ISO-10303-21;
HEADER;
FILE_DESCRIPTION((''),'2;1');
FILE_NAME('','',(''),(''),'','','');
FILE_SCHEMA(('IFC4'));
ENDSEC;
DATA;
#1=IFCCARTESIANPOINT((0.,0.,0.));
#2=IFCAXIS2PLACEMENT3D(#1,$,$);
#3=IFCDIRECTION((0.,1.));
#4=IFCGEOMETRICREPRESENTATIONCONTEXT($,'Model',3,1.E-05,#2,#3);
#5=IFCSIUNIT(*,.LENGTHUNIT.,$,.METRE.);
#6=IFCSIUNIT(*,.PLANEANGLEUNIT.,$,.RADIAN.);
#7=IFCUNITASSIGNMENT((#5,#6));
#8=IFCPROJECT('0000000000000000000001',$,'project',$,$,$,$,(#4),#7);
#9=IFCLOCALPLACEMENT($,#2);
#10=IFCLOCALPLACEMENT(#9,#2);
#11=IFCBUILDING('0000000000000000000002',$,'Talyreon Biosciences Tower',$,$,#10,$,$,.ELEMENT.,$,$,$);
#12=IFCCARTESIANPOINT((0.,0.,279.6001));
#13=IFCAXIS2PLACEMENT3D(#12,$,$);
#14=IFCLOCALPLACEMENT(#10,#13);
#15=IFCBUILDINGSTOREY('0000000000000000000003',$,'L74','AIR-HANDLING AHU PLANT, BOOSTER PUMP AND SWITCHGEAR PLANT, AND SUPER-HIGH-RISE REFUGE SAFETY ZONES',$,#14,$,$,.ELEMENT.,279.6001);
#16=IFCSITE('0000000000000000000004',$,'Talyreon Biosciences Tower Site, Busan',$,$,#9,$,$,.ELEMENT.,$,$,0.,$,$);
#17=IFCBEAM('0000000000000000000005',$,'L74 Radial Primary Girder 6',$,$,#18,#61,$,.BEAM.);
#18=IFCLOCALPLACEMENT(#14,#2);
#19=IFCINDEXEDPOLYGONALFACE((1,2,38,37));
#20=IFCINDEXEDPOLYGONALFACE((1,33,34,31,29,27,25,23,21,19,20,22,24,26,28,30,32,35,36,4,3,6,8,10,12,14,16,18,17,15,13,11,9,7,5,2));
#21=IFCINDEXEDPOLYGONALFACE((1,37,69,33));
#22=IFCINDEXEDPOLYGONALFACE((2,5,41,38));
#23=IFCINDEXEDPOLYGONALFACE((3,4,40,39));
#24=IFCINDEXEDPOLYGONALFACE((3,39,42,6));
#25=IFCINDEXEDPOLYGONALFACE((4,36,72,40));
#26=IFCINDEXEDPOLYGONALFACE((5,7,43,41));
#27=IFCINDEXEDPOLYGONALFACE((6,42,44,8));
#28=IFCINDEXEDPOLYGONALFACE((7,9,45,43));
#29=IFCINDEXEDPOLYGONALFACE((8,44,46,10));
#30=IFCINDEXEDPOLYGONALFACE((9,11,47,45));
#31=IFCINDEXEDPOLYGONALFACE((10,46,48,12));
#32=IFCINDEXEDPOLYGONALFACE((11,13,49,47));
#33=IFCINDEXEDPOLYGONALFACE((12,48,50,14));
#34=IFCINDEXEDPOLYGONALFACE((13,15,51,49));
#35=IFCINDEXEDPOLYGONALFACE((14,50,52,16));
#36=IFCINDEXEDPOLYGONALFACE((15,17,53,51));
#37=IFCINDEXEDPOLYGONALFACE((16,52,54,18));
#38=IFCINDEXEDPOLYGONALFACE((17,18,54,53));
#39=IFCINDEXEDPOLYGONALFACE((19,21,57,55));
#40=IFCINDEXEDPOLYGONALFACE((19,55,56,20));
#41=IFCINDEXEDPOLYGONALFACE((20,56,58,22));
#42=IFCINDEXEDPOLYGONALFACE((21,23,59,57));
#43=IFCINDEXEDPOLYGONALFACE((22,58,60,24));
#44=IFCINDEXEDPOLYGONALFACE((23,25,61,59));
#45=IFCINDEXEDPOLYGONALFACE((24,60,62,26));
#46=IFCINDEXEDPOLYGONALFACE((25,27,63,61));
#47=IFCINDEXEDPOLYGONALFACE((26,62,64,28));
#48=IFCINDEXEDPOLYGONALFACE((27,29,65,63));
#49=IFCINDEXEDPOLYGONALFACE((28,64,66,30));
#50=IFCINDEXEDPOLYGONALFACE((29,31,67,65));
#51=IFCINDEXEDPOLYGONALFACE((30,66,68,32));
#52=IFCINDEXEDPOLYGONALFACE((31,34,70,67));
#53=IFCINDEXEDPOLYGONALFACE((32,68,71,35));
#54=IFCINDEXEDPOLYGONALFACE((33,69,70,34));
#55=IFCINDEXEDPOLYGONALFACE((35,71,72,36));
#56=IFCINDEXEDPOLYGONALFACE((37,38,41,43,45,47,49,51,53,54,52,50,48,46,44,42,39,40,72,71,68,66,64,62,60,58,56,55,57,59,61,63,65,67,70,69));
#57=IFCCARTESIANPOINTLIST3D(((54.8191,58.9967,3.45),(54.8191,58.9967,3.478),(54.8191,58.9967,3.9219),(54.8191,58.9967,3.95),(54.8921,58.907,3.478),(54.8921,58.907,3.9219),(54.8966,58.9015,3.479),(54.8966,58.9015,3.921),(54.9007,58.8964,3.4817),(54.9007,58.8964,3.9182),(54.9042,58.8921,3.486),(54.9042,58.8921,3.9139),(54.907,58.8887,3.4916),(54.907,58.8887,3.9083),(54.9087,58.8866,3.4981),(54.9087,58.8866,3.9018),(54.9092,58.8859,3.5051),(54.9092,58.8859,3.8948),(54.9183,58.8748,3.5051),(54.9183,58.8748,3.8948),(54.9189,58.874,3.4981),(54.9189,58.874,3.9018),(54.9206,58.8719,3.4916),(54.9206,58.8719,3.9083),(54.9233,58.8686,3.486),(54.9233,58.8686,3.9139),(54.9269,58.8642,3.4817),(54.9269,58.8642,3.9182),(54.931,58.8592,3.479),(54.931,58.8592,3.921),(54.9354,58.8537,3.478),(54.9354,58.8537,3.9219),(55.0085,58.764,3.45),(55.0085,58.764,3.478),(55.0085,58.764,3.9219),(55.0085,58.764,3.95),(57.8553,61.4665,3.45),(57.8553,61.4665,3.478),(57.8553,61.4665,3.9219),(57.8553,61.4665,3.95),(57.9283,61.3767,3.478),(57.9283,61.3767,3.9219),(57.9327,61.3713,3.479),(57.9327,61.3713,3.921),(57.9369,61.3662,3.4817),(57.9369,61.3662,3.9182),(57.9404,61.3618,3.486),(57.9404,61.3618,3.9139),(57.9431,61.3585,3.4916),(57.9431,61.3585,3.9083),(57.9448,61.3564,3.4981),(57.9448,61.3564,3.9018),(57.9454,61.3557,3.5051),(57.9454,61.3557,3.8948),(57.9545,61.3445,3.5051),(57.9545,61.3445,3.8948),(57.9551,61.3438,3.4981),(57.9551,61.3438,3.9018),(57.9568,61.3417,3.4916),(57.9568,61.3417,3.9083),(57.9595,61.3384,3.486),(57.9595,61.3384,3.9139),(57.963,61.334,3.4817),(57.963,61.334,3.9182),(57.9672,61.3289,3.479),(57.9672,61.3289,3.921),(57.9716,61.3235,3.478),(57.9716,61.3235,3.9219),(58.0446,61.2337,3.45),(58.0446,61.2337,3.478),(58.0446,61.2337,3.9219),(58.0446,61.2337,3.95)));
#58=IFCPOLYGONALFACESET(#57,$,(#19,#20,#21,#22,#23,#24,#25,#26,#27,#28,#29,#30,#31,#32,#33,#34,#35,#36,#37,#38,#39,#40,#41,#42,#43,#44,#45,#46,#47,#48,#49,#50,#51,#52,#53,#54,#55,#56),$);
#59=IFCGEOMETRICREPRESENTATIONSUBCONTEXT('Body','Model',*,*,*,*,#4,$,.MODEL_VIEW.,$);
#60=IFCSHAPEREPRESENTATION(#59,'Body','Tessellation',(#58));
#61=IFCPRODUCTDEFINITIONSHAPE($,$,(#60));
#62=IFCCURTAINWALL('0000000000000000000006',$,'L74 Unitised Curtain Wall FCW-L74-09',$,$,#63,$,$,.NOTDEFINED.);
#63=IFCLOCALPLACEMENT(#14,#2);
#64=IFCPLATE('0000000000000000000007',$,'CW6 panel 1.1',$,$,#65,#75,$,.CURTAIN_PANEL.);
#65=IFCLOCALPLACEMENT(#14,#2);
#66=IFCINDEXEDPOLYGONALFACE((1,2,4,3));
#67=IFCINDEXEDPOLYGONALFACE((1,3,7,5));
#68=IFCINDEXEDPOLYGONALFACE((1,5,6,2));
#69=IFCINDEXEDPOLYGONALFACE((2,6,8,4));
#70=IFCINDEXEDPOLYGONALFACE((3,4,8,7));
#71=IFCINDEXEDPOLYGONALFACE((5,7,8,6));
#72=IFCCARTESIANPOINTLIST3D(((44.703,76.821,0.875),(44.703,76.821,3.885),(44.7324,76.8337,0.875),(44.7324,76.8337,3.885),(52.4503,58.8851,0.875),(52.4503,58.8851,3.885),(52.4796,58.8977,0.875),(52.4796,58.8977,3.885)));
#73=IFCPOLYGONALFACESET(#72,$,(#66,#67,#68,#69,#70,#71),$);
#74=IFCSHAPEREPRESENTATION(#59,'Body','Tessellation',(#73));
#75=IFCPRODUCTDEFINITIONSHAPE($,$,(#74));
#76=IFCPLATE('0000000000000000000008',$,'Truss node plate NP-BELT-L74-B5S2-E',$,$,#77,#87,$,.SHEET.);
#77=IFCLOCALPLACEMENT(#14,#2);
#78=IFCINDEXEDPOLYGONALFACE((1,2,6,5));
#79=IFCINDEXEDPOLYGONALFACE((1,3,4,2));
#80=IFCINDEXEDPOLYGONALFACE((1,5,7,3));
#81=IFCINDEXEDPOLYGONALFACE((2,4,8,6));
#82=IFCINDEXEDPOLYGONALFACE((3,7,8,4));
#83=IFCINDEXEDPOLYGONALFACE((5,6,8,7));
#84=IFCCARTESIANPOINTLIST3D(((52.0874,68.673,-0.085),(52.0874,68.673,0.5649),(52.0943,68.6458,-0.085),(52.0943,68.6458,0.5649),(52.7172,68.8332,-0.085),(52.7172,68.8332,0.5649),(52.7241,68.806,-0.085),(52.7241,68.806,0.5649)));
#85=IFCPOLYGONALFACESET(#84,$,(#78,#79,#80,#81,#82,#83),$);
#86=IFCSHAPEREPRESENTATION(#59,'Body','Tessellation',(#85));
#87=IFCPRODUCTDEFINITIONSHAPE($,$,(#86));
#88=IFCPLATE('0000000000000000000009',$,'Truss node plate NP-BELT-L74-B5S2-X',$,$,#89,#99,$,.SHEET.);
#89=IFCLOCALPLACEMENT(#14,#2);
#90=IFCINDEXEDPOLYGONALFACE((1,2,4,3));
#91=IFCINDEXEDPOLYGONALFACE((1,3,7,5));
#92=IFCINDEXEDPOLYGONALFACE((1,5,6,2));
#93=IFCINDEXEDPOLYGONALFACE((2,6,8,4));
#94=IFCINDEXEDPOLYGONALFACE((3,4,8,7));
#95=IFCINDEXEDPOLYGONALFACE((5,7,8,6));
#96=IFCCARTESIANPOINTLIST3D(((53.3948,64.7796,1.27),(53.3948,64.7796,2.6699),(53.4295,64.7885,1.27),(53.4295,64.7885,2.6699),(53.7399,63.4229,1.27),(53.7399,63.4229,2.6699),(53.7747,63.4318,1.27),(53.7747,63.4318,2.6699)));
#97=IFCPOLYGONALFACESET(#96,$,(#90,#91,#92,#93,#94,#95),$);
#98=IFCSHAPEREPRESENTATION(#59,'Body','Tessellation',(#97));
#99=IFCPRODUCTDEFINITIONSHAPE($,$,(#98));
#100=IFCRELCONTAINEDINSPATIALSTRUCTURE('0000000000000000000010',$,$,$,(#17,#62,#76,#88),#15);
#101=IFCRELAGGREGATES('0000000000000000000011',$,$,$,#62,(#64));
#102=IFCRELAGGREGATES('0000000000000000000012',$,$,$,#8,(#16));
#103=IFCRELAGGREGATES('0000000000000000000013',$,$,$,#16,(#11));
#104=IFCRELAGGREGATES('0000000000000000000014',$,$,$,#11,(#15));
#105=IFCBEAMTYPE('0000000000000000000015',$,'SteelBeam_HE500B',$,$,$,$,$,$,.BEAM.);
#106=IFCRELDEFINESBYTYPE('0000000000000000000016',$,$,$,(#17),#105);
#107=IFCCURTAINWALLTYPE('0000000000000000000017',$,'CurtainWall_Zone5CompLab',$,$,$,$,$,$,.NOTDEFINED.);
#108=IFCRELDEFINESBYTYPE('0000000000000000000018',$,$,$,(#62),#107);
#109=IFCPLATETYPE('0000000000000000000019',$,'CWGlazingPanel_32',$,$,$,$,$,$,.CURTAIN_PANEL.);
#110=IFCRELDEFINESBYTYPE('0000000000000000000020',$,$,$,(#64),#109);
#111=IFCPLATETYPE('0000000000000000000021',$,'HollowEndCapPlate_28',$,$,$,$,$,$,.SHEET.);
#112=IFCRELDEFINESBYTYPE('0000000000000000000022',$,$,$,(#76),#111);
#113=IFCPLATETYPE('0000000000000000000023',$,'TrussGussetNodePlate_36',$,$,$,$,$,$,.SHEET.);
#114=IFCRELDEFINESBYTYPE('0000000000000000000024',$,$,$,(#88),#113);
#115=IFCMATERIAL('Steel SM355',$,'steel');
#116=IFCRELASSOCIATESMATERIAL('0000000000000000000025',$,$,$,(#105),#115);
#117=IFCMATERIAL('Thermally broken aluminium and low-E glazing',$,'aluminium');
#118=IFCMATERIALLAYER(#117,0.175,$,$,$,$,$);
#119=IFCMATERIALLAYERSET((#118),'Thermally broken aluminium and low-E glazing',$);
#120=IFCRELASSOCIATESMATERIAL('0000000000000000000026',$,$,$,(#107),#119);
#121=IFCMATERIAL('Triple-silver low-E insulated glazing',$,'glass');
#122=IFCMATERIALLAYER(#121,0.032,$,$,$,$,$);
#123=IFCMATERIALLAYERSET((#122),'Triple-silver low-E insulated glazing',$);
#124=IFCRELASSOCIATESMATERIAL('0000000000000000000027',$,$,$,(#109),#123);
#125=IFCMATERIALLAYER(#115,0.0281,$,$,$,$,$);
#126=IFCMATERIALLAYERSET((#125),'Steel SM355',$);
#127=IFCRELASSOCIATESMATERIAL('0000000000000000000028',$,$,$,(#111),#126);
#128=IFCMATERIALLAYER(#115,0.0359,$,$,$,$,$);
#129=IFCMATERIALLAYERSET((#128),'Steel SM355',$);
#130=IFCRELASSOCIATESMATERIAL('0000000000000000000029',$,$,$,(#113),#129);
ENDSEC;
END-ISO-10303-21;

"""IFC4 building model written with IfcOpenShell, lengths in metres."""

from ifc_helpers import new_model, si_unit, direction, frame, origin, origin_2d, place, context, subcontext, project, spatial, rectangle, i_section, extrude, material, layer, layer_set, material_profile, profile_set, type_object, element, aggregate, save


model = new_model("IFC4")

# Units and contexts
model_context = context("Model", 3, precision=1e-05, world=origin(), true_north=direction((0.0, 1.0)))
body_context = subcontext(model_context, "Body", "Model", "MODEL_VIEW")
ifc_project = project(units=[si_unit("LENGTHUNIT", "METRE"), si_unit("PLANEANGLEUNIT", "RADIAN")], contexts=[model_context])

# Site, building, storey
site_placement = place(None, origin())
site = spatial("IfcSite", under=ifc_project, at=site_placement, Name="Talyreon Biosciences Tower Site, Busan", CompositionType="ELEMENT", RefElevation=0.0)
building_placement = place(site_placement, origin())
building = spatial("IfcBuilding", under=site, at=building_placement, Name="Talyreon Biosciences Tower", CompositionType="ELEMENT")
storey_placement = place(building_placement, frame((0.0, 0.0, 279.6001)))
storey = spatial("IfcBuildingStorey", under=building, at=storey_placement, Name="L74", Description="AIR-HANDLING AHU PLANT, BOOSTER PUMP AND SWITCHGEAR PLANT, AND SUPER-HIGH-RISE REFUGE SAFETY ZONES", CompositionType="ELEMENT", Elevation=279.6001)

# Shared definitions
ifc_material_1 = material(Name="Steel SM355", Category="steel")

# Beam
ifc_material_profile_1 = material_profile(ifc_material_1, i_section(OverallWidth=0.3, OverallDepth=0.5, WebThickness=0.0144, FlangeThickness=0.0281, FilletRadius=0.0271, at=origin_2d()), Name="HE500B")
ifc_profile_set_1 = profile_set([ifc_material_profile_1], Name="Steel SM355")
beam_type_1 = type_object("IfcBeamType", Name="SteelBeam_HE500B", PredefinedType="BEAM", material=ifc_profile_set_1)
beam_1_placement = place(storey_placement, frame((57.95, 61.3501, 3.7), z_axis=(-0.775755, -0.631034, 0.0), x_axis=(0.631034, -0.775755, 0.0)))
element("IfcBeam", 1, at=beam_1_placement, inside=storey, type_object=beam_type_1, Name="L74 Radial Primary Girder 6", PredefinedType="BEAM", context=body_context, shape_type="SweptSolid", body=[
    extrude(i_section(OverallWidth=0.3, OverallDepth=0.5, WebThickness=0.0144, FlangeThickness=0.0281, FilletRadius=0.0271, at=origin_2d()), origin(), (0.0, 0.0, 1.0), 3.9138),
])

# Curtain wall, plate
ifc_material_2 = material(Name="Thermally broken aluminium and low-E glazing", Category="aluminium")
ifc_layer_1 = layer(ifc_material_2, 0.175)
ifc_layer_set_1 = layer_set([ifc_layer_1], Name="Thermally broken aluminium and low-E glazing")
curtain_wall_type = type_object("IfcCurtainWallType", Name="CurtainWall_Zone5CompLab", PredefinedType="NOTDEFINED", material=ifc_layer_set_1)
curtain_wall_placement = place(storey_placement, origin())
curtain_wall = element("IfcCurtainWall", 2, at=curtain_wall_placement, inside=storey, type_object=curtain_wall_type, Name="L74 Unitised Curtain Wall FCW-L74-09", PredefinedType="NOTDEFINED")
ifc_material_3 = material(Name="Triple-silver low-E insulated glazing", Category="glass")
ifc_layer_2 = layer(ifc_material_3, 0.032)
ifc_layer_set_2 = layer_set([ifc_layer_2], Name="Triple-silver low-E insulated glazing")
plate_type_1 = type_object("IfcPlateType", Name="CWGlazingPanel_32", PredefinedType="CURTAIN_PANEL", material=ifc_layer_set_2)
plate_1_placement = place(storey_placement, frame((48.5913, 67.8594, 0.875), z_axis=(0.0, 0.0, 1.0), x_axis=(-0.39653, 0.918022, 0.0)))
plate_1 = element("IfcPlate", 3, at=plate_1_placement, type_object=plate_type_1, Name="CW6 panel 1.1", PredefinedType="CURTAIN_PANEL", context=body_context, shape_type="SweptSolid", body=[
    extrude(rectangle(XDim=19.5376, YDim=0.032, at=origin_2d()), origin(), (0.0, 0.0, 1.0), 3.01),
])
aggregate(curtain_wall, [plate_1])

# Plates
ifc_layer_3 = layer(ifc_material_1, 0.0281)
ifc_layer_set_3 = layer_set([ifc_layer_3], Name="Steel SM355")
plate_type_2 = type_object("IfcPlateType", Name="HollowEndCapPlate_28", PredefinedType="SHEET", material=ifc_layer_set_3)
plate_2_placement = place(storey_placement, frame((52.4058, 68.7395, -0.085), z_axis=(0.0, 0.0, 1.0), x_axis=(0.969132, 0.246542, 0.0)))
element("IfcPlate", 4, at=plate_2_placement, inside=storey, type_object=plate_type_2, Name="Truss node plate NP-BELT-L74-B5S2-E", PredefinedType="SHEET", context=body_context, shape_type="SweptSolid", body=[
    extrude(rectangle(XDim=0.6499, YDim=0.0281, at=origin_2d()), origin(), (0.0, 0.0, 1.0), 0.6499),
])
ifc_layer_4 = layer(ifc_material_1, 0.0359)
ifc_layer_set_4 = layer_set([ifc_layer_4], Name="Steel SM355")
plate_type_3 = type_object("IfcPlateType", Name="TrussGussetNodePlate_36", PredefinedType="SHEET", material=ifc_layer_set_4)
plate_3_placement = place(storey_placement, frame((53.5847, 64.1057, 1.27), z_axis=(0.0, 0.0, 1.0), x_axis=(0.246542, -0.969132, 0.0)))
element("IfcPlate", 5, at=plate_3_placement, inside=storey, type_object=plate_type_3, Name="Truss node plate NP-BELT-L74-B5S2-X", PredefinedType="SHEET", context=body_context, shape_type="SweptSolid", body=[
    extrude(rectangle(XDim=1.3999, YDim=0.0359, at=origin_2d()), origin(), (0.0, 0.0, 1.0), 1.3999),
])

save(model, "model.ifc")
